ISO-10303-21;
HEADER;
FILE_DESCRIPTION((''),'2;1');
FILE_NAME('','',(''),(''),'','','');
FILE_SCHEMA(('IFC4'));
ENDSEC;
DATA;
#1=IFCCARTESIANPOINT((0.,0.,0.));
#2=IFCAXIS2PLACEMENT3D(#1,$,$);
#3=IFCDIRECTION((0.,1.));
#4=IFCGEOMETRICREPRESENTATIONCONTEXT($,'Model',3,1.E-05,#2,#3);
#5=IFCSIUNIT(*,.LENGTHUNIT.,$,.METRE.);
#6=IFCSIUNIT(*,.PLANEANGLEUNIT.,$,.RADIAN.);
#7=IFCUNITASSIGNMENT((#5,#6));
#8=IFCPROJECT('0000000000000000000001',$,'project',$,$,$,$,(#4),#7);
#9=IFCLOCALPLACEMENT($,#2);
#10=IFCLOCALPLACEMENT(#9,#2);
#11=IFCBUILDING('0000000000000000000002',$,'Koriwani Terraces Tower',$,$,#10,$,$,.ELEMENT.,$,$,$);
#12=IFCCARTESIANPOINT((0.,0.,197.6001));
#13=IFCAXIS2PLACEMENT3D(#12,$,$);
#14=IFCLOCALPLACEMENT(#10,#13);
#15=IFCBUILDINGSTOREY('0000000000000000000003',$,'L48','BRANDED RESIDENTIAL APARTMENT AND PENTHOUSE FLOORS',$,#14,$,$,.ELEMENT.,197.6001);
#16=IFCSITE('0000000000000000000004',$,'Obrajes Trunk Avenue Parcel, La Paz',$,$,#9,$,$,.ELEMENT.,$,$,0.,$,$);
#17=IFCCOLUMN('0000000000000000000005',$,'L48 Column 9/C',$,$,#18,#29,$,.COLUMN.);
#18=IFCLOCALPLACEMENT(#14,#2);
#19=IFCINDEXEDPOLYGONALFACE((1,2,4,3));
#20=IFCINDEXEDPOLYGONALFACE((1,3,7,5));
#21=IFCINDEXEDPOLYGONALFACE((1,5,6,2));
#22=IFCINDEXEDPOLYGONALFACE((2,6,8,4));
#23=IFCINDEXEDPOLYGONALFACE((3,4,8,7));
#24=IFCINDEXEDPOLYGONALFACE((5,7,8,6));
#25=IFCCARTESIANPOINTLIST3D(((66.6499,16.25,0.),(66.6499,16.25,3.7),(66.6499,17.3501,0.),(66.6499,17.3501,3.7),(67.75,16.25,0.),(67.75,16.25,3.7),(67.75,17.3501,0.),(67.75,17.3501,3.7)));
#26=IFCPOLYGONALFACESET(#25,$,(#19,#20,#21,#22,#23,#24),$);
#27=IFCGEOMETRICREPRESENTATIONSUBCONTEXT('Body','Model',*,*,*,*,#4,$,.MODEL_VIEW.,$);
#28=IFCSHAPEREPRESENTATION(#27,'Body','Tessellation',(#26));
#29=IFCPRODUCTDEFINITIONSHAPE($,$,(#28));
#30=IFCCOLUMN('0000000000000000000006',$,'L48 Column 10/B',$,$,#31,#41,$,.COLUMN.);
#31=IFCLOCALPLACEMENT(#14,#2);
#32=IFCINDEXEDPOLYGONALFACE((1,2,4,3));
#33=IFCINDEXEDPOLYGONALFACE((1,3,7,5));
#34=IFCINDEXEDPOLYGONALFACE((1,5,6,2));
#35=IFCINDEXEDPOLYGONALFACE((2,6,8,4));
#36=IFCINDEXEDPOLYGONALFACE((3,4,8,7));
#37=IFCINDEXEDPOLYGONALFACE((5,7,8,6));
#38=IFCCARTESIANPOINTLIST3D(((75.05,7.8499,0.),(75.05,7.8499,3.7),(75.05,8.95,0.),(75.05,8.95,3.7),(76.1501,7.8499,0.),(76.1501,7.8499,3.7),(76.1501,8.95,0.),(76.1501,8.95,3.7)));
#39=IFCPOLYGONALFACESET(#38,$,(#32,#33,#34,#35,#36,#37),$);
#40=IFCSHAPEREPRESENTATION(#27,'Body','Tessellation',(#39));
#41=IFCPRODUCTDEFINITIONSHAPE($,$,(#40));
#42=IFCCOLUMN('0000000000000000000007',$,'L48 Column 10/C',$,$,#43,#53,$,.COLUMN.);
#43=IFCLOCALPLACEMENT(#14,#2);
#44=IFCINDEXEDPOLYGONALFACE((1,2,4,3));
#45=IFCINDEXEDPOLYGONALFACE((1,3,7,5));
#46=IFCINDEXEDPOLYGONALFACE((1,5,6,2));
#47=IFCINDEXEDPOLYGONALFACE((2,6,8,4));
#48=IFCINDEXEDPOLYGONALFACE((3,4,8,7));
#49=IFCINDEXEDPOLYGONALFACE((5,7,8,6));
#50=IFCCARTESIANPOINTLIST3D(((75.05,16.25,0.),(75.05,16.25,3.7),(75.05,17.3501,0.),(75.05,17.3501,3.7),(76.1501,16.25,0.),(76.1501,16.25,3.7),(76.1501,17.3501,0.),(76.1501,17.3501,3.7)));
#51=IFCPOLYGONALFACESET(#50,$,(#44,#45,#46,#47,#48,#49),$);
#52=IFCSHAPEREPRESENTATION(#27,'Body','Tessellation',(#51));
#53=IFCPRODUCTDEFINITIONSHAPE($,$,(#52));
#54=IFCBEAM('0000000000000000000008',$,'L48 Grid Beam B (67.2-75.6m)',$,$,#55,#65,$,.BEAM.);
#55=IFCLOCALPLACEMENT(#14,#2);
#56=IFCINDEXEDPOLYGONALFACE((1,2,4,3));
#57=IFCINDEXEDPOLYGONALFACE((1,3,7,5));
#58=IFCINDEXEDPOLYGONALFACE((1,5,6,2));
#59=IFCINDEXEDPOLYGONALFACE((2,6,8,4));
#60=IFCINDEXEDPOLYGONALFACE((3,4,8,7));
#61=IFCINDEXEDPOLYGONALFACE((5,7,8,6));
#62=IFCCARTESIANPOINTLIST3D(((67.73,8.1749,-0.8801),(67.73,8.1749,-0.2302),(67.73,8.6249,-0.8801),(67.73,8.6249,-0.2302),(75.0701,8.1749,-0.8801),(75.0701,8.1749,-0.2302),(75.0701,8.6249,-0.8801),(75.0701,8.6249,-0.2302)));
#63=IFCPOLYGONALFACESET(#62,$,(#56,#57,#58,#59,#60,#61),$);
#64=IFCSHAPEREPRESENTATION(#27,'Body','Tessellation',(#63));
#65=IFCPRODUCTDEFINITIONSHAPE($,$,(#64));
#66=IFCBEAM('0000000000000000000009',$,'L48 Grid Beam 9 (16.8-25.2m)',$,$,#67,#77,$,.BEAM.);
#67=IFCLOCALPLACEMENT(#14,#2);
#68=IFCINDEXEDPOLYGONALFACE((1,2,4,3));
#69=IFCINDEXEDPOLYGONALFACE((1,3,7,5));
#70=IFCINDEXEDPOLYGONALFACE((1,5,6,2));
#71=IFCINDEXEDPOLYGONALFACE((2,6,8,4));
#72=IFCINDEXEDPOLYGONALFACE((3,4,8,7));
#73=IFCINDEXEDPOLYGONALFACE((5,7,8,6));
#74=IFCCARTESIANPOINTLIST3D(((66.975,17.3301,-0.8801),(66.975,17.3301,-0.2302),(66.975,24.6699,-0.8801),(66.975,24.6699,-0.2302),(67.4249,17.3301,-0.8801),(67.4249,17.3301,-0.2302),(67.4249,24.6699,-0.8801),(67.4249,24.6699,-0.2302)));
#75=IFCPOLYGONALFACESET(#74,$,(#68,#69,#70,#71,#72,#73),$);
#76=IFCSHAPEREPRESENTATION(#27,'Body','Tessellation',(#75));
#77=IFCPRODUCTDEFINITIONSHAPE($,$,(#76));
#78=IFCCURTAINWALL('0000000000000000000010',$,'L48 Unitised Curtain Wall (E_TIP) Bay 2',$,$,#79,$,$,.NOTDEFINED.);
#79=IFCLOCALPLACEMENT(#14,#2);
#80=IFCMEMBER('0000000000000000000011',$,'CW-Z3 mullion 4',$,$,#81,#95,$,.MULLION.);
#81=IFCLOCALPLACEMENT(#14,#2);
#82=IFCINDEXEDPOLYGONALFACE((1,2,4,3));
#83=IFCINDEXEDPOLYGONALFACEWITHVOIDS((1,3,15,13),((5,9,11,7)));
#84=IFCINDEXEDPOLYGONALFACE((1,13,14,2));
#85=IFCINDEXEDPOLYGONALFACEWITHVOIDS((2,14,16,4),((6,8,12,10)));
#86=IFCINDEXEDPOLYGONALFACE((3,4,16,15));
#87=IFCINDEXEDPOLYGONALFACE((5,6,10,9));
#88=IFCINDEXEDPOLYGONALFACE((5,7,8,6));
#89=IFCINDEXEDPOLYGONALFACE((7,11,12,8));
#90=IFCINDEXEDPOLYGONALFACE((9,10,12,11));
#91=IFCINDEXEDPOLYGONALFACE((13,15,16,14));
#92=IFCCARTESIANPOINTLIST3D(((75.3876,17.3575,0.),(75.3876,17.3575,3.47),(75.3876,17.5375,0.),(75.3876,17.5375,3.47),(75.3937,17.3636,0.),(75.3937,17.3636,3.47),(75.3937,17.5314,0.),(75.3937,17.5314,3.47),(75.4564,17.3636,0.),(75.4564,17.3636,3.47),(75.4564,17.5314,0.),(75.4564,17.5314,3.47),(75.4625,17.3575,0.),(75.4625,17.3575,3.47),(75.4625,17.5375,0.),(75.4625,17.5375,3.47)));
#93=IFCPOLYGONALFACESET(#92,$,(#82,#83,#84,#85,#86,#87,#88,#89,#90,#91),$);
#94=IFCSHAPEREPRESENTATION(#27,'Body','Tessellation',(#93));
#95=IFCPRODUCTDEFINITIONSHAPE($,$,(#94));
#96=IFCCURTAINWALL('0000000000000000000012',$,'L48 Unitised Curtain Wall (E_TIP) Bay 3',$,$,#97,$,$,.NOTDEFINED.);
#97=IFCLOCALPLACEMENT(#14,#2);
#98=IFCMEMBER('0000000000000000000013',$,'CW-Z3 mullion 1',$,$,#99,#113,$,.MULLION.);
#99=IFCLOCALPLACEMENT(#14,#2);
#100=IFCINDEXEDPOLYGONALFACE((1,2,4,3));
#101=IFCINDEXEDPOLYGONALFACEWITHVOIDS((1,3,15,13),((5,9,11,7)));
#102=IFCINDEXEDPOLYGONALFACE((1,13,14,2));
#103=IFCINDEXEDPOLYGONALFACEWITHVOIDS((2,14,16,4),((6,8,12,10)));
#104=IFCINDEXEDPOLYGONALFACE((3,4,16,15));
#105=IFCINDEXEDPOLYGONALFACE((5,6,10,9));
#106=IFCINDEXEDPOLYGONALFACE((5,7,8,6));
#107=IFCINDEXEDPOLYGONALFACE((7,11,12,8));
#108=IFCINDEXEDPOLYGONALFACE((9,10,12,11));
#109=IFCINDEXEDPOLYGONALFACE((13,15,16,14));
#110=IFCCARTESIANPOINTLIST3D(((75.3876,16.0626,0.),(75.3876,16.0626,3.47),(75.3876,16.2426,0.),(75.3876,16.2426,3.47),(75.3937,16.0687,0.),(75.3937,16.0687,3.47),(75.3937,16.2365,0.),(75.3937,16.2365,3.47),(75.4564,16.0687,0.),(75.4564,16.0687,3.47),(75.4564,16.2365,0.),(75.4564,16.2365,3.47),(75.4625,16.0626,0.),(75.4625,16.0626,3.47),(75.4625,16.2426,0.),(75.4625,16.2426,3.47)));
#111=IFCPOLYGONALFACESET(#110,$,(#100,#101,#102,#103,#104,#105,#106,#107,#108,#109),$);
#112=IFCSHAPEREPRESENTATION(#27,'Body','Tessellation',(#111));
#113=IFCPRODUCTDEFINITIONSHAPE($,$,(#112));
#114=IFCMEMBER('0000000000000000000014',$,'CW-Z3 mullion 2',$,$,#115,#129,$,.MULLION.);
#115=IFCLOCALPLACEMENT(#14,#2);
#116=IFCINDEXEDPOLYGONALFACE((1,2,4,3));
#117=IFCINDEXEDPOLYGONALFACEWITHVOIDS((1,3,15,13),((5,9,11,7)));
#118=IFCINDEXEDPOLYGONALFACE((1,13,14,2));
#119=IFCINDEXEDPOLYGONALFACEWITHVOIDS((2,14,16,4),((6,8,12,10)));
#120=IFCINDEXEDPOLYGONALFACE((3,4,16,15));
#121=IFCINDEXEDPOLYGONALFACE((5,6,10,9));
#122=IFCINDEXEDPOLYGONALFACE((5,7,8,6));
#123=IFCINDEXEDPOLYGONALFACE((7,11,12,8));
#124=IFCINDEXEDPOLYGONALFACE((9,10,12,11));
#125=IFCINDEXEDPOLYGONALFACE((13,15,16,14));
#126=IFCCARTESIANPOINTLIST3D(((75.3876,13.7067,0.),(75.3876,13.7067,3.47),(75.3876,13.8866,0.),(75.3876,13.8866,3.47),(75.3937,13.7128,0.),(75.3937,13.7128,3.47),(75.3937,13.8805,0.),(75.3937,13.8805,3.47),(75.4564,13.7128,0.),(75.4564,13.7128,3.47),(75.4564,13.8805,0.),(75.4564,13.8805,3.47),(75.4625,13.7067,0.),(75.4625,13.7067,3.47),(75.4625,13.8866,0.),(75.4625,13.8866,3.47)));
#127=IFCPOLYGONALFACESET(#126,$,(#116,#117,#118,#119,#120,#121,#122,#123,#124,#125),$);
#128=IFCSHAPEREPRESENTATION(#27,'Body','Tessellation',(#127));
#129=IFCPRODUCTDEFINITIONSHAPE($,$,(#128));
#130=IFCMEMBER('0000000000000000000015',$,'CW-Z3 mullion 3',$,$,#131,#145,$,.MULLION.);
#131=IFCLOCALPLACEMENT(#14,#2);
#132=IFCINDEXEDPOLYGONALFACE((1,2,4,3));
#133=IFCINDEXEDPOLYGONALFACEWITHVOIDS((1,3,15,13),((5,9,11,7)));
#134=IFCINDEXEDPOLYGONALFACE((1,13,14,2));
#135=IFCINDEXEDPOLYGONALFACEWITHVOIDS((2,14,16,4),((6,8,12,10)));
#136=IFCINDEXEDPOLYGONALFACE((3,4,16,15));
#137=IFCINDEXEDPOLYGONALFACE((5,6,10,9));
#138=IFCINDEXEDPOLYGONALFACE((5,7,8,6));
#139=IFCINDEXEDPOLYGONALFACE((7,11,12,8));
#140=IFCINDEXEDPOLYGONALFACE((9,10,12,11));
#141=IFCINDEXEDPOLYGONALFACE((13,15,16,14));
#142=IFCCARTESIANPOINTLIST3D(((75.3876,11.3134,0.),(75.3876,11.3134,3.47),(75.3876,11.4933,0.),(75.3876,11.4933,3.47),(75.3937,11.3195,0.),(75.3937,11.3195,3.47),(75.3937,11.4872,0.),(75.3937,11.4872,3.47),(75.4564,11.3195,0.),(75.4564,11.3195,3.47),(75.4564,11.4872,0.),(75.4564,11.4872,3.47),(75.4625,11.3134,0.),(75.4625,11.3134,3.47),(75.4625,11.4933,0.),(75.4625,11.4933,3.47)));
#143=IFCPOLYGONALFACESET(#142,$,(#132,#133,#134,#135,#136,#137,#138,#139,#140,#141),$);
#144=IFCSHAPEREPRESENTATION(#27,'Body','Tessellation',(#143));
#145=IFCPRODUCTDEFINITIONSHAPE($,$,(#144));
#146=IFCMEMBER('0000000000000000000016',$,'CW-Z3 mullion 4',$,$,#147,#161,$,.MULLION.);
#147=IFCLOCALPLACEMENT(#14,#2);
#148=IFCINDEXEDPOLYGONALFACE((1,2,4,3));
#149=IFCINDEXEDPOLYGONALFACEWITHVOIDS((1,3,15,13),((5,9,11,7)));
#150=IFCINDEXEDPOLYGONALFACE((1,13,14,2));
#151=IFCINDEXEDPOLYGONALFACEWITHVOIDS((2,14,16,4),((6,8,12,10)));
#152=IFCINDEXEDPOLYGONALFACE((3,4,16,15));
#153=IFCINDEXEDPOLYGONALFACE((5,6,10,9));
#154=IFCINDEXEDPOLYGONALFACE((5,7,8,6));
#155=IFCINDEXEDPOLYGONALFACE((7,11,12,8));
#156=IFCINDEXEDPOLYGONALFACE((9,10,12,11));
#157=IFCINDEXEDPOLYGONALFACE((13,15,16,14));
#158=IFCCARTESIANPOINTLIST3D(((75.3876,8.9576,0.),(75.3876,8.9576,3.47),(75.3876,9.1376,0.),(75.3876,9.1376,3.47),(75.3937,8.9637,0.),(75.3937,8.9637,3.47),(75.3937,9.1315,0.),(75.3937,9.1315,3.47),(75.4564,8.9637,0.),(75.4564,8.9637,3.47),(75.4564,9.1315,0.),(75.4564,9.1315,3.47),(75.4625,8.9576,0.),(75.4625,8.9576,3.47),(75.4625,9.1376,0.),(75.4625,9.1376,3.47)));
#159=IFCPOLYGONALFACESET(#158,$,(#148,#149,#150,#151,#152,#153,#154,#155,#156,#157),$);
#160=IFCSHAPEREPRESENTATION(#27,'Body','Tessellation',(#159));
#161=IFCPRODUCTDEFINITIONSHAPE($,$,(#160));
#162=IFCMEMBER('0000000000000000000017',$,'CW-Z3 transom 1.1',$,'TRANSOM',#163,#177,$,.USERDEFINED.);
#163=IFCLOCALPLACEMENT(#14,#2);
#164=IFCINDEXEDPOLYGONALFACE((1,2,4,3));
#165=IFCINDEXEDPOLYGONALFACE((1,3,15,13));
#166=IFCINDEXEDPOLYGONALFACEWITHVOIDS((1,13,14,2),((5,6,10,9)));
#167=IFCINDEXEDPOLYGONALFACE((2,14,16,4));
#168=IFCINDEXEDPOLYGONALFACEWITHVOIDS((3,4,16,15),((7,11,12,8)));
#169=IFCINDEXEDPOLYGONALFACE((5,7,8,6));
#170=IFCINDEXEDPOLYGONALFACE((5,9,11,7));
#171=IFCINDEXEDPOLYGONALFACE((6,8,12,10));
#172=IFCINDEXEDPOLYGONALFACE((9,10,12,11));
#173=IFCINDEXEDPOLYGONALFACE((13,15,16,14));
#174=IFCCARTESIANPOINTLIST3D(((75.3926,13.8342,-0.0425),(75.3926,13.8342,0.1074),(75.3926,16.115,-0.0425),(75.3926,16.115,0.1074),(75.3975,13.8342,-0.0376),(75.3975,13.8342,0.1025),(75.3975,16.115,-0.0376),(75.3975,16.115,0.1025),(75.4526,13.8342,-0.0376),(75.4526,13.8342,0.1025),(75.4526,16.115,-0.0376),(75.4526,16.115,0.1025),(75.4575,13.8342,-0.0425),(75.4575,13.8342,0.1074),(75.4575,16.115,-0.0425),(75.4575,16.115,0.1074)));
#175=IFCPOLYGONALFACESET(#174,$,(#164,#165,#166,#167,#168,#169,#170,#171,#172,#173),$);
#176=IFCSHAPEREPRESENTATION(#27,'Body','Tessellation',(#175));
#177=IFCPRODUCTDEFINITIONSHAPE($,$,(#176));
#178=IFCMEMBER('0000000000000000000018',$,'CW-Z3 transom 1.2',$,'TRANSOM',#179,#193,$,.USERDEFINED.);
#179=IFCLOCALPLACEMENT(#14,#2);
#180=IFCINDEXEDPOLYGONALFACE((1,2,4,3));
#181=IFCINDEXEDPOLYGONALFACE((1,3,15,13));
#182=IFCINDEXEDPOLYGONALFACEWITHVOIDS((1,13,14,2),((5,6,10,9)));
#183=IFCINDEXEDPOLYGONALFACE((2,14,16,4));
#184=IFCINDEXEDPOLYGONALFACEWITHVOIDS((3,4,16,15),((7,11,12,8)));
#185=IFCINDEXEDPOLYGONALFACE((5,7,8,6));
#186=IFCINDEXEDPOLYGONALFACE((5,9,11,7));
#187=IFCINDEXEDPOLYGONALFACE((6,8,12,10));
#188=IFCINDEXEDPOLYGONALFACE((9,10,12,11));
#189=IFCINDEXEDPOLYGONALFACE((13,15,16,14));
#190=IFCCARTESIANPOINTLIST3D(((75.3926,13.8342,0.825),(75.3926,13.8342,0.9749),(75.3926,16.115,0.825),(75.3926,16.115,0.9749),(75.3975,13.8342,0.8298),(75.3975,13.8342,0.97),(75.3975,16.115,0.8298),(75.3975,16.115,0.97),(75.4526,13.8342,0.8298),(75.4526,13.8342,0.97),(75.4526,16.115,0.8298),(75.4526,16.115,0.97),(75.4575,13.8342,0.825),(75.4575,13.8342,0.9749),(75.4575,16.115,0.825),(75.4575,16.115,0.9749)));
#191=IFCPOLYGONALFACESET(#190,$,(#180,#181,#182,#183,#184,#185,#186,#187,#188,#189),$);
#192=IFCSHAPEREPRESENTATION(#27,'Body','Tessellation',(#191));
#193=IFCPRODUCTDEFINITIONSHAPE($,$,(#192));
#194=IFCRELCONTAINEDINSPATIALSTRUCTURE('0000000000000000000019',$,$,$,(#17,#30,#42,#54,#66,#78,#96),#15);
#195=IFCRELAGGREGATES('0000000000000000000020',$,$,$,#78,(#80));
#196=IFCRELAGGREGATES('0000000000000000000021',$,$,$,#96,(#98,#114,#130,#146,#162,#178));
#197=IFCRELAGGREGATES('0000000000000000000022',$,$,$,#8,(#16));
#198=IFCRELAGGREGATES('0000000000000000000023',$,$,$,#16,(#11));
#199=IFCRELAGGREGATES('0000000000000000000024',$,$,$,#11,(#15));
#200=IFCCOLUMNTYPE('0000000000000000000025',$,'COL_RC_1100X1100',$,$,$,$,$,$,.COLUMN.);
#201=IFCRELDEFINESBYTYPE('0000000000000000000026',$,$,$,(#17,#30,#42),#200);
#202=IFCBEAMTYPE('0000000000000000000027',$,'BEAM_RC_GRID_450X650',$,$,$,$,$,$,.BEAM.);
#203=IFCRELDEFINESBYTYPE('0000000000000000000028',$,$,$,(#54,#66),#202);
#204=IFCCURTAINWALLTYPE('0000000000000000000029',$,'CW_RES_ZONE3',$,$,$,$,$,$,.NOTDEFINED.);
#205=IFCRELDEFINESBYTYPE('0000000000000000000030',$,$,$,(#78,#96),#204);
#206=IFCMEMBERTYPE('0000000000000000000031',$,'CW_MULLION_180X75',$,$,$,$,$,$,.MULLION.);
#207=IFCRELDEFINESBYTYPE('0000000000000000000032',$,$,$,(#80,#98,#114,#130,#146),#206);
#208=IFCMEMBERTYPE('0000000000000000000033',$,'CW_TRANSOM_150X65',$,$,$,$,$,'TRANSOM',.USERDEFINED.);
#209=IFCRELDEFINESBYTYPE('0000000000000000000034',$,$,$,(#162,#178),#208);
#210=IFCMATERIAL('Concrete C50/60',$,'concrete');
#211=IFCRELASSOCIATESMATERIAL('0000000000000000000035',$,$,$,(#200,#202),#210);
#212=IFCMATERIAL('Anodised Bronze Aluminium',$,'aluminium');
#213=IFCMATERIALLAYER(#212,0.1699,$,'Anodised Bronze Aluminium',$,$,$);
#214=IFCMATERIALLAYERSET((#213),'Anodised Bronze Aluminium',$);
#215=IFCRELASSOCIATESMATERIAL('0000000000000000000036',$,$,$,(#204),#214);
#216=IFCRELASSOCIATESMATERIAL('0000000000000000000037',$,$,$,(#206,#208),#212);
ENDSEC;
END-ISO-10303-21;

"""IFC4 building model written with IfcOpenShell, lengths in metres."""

from ifc_helpers import new_model, si_unit, direction, frame, origin, origin_2d, place, context, subcontext, project, spatial, rectangle, hollow_rectangle, extrude, material, layer, layer_set, material_profile, profile_set, type_object, element, aggregate, save


model = new_model("IFC4")

# Units and contexts
model_context = context("Model", 3, precision=1e-05, world=origin(), true_north=direction((0.0, 1.0)))
body_context = subcontext(model_context, "Body", "Model", "MODEL_VIEW")
ifc_project = project(units=[si_unit("LENGTHUNIT", "METRE"), si_unit("PLANEANGLEUNIT", "RADIAN")], contexts=[model_context])

# Site, building, storey
site_placement = place(None, origin())
site = spatial("IfcSite", under=ifc_project, at=site_placement, Name="Obrajes Trunk Avenue Parcel, La Paz", CompositionType="ELEMENT", RefElevation=0.0)
building_placement = place(site_placement, origin())
building = spatial("IfcBuilding", under=site, at=building_placement, Name="Koriwani Terraces Tower", CompositionType="ELEMENT")
storey_placement = place(building_placement, frame((0.0, 0.0, 197.6001)))
storey = spatial("IfcBuildingStorey", under=building, at=storey_placement, Name="L48", Description="BRANDED RESIDENTIAL APARTMENT AND PENTHOUSE FLOORS", CompositionType="ELEMENT", Elevation=197.6001)

# Columns
ifc_material_1 = material(Name="Concrete C50/60", Category="concrete")
ifc_material_profile_1 = material_profile(ifc_material_1, rectangle(XDim=1.1001, YDim=1.1001, at=origin_2d()), Name="Concrete C50/60", Category="LoadBearing")
ifc_profile_set_1 = profile_set([ifc_material_profile_1], Name="Concrete C50/60")
column_type = type_object("IfcColumnType", Name="COL_RC_1100X1100", PredefinedType="COLUMN", material=ifc_profile_set_1)
for number, where, z_axis, x_axis, name in (
    (1, (67.2, 16.8, 0.0), (0.0, 0.0, 1.0), (1.0, 0.0, 0.0), "L48 Column 9/C"),
    (2, (75.6001, 8.3999, 0.0), (0.0, 0.0, 1.0), (1.0, 0.0, 0.0), "L48 Column 10/B"),
    (3, (75.6001, 16.8, 0.0), (0.0, 0.0, 1.0), (1.0, 0.0, 0.0), "L48 Column 10/C"),
):
    element("IfcColumn", number, at=place(storey_placement, frame(where, z_axis=z_axis, x_axis=x_axis)), inside=storey, type_object=column_type, Name=name, PredefinedType="COLUMN", context=body_context, shape_type="SweptSolid", body=[
        extrude(rectangle(XDim=1.1001, YDim=1.1001, at=origin_2d()), origin(), (0.0, 0.0, 1.0), 3.7),
    ])

# Beams
ifc_material_profile_2 = material_profile(ifc_material_1, rectangle(XDim=0.45, YDim=0.6499, at=origin_2d()), Name="Concrete C50/60", Category="LoadBearing")
ifc_profile_set_2 = profile_set([ifc_material_profile_2], Name="Concrete C50/60")
beam_type_1 = type_object("IfcBeamType", Name="BEAM_RC_GRID_450X650", PredefinedType="BEAM", material=ifc_profile_set_2)
beam_1_placement = place(storey_placement, frame((67.73, 8.3999, -0.5552), z_axis=(1.0, 0.0, 0.0), x_axis=(0.0, 1.0, 0.0)))
element("IfcBeam", 4, at=beam_1_placement, inside=storey, type_object=beam_type_1, Name="L48 Grid Beam B (67.2-75.6m)", PredefinedType="BEAM", context=body_context, shape_type="SweptSolid", body=[
    extrude(rectangle(XDim=0.45, YDim=0.6499, at=origin_2d()), origin(), (0.0, 0.0, 1.0), 7.3401),
])
beam_2_placement = place(storey_placement, frame((67.2, 17.3301, -0.5552), z_axis=(0.0, 1.0, 0.0), x_axis=(-1.0, 0.0, 0.0)))
element("IfcBeam", 5, at=beam_2_placement, inside=storey, type_object=beam_type_1, Name="L48 Grid Beam 9 (16.8-25.2m)", PredefinedType="BEAM", context=body_context, shape_type="SweptSolid", body=[
    extrude(rectangle(XDim=0.45, YDim=0.6499, at=origin_2d()), origin(), (0.0, 0.0, 1.0), 7.3398),
])

# Curtain wall, member
ifc_material_2 = material(Name="Anodised Bronze Aluminium", Category="aluminium")
ifc_layer_1 = layer(ifc_material_2, 0.1699, Name="Anodised Bronze Aluminium")
ifc_layer_set_1 = layer_set([ifc_layer_1], Name="Anodised Bronze Aluminium")
curtain_wall_type = type_object("IfcCurtainWallType", Name="CW_RES_ZONE3", PredefinedType="NOTDEFINED", material=ifc_layer_set_1)
curtain_wall_1_placement = place(storey_placement, origin())
curtain_wall_1 = element("IfcCurtainWall", 6, at=curtain_wall_1_placement, inside=storey, type_object=curtain_wall_type, Name="L48 Unitised Curtain Wall (E_TIP) Bay 2", PredefinedType="NOTDEFINED")
ifc_material_profile_3 = material_profile(ifc_material_2, hollow_rectangle(XDim=0.075, YDim=0.1799, WallThickness=0.0061, at=origin_2d()), Name="Anodised Bronze Aluminium", Category="LoadBearing")
ifc_profile_set_3 = profile_set([ifc_material_profile_3], Name="Anodised Bronze Aluminium")
member_type_1 = type_object("IfcMemberType", Name="CW_MULLION_180X75", PredefinedType="MULLION", material=ifc_profile_set_3)
member_1_placement = place(storey_placement, frame((75.425, 17.4475, 0.0), z_axis=(0.0, 0.0, 1.0), x_axis=(1.0, 0.0, 0.0)))
member_1 = element("IfcMember", 7, at=member_1_placement, type_object=member_type_1, Name="CW-Z3 mullion 4", PredefinedType="MULLION", context=body_context, shape_type="SweptSolid", body=[
    extrude(hollow_rectangle(XDim=0.075, YDim=0.1799, WallThickness=0.0061, at=origin_2d()), origin(), (0.0, 0.0, 1.0), 3.47),
])
aggregate(curtain_wall_1, [member_1])

# Curtain wall, members
curtain_wall_2_placement = place(storey_placement, origin())
curtain_wall_2 = element("IfcCurtainWall", 8, at=curtain_wall_2_placement, inside=storey, type_object=curtain_wall_type, Name="L48 Unitised Curtain Wall (E_TIP) Bay 3", PredefinedType="NOTDEFINED")
member_2_placement = place(storey_placement, frame((75.425, 16.1526, 0.0), z_axis=(0.0, 0.0, 1.0), x_axis=(1.0, 0.0, 0.0)))
member_2 = element("IfcMember", 9, at=member_2_placement, type_object=member_type_1, Name="CW-Z3 mullion 1", PredefinedType="MULLION", context=body_context, shape_type="SweptSolid", body=[
    extrude(hollow_rectangle(XDim=0.075, YDim=0.1799, WallThickness=0.0061, at=origin_2d()), origin(), (0.0, 0.0, 1.0), 3.47),
])
member_3_placement = place(storey_placement, frame((75.425, 13.7966, 0.0), z_axis=(0.0, 0.0, 1.0), x_axis=(1.0, 0.0, 0.0)))
member_3 = element("IfcMember", 10, at=member_3_placement, type_object=member_type_1, Name="CW-Z3 mullion 2", PredefinedType="MULLION", context=body_context, shape_type="SweptSolid", body=[
    extrude(hollow_rectangle(XDim=0.075, YDim=0.1799, WallThickness=0.0061, at=origin_2d()), origin(), (0.0, 0.0, 1.0), 3.47),
])
member_4_placement = place(storey_placement, frame((75.425, 11.4033, 0.0), z_axis=(0.0, 0.0, 1.0), x_axis=(1.0, 0.0, 0.0)))
member_4 = element("IfcMember", 11, at=member_4_placement, type_object=member_type_1, Name="CW-Z3 mullion 3", PredefinedType="MULLION", context=body_context, shape_type="SweptSolid", body=[
    extrude(hollow_rectangle(XDim=0.075, YDim=0.1799, WallThickness=0.0061, at=origin_2d()), origin(), (0.0, 0.0, 1.0), 3.47),
])
member_5_placement = place(storey_placement, frame((75.425, 9.0476, 0.0), z_axis=(0.0, 0.0, 1.0), x_axis=(1.0, 0.0, 0.0)))
member_5 = element("IfcMember", 12, at=member_5_placement, type_object=member_type_1, Name="CW-Z3 mullion 4", PredefinedType="MULLION", context=body_context, shape_type="SweptSolid", body=[
    extrude(hollow_rectangle(XDim=0.075, YDim=0.1799, WallThickness=0.0061, at=origin_2d()), origin(), (0.0, 0.0, 1.0), 3.47),
])
ifc_material_profile_4 = material_profile(ifc_material_2, hollow_rectangle(XDim=0.0649, YDim=0.1499, WallThickness=0.0049, at=origin_2d()), Name="Anodised Bronze Aluminium", Category="LoadBearing")
ifc_profile_set_4 = profile_set([ifc_material_profile_4], Name="Anodised Bronze Aluminium")
member_type_2 = type_object("IfcMemberType", Name="CW_TRANSOM_150X65", ElementType="TRANSOM", PredefinedType="USERDEFINED", material=ifc_profile_set_4)
member_6_placement = place(storey_placement, frame((75.425, 16.115, 0.0325), z_axis=(0.0, -1.0, 0.0), x_axis=(1.0, 0.0, 0.0)))
member_6 = element("IfcMember", 13, at=member_6_placement, type_object=member_type_2, Name="CW-Z3 transom 1.1", ObjectType="TRANSOM", PredefinedType="USERDEFINED", context=body_context, shape_type="SweptSolid", body=[
    extrude(hollow_rectangle(XDim=0.0649, YDim=0.1499, WallThickness=0.0049, at=origin_2d()), origin(), (0.0, 0.0, 1.0), 2.2808),
])
member_7_placement = place(storey_placement, frame((75.425, 16.115, 0.8999), z_axis=(0.0, -1.0, 0.0), x_axis=(1.0, 0.0, 0.0)))
member_7 = element("IfcMember", 14, at=member_7_placement, type_object=member_type_2, Name="CW-Z3 transom 1.2", ObjectType="TRANSOM", PredefinedType="USERDEFINED", context=body_context, shape_type="SweptSolid", body=[
    extrude(hollow_rectangle(XDim=0.0649, YDim=0.1499, WallThickness=0.0049, at=origin_2d()), origin(), (0.0, 0.0, 1.0), 2.2808),
])

aggregate(curtain_wall_2, [member_2, member_3, member_4, member_5, member_6, member_7])

save(model, "model.ifc")
